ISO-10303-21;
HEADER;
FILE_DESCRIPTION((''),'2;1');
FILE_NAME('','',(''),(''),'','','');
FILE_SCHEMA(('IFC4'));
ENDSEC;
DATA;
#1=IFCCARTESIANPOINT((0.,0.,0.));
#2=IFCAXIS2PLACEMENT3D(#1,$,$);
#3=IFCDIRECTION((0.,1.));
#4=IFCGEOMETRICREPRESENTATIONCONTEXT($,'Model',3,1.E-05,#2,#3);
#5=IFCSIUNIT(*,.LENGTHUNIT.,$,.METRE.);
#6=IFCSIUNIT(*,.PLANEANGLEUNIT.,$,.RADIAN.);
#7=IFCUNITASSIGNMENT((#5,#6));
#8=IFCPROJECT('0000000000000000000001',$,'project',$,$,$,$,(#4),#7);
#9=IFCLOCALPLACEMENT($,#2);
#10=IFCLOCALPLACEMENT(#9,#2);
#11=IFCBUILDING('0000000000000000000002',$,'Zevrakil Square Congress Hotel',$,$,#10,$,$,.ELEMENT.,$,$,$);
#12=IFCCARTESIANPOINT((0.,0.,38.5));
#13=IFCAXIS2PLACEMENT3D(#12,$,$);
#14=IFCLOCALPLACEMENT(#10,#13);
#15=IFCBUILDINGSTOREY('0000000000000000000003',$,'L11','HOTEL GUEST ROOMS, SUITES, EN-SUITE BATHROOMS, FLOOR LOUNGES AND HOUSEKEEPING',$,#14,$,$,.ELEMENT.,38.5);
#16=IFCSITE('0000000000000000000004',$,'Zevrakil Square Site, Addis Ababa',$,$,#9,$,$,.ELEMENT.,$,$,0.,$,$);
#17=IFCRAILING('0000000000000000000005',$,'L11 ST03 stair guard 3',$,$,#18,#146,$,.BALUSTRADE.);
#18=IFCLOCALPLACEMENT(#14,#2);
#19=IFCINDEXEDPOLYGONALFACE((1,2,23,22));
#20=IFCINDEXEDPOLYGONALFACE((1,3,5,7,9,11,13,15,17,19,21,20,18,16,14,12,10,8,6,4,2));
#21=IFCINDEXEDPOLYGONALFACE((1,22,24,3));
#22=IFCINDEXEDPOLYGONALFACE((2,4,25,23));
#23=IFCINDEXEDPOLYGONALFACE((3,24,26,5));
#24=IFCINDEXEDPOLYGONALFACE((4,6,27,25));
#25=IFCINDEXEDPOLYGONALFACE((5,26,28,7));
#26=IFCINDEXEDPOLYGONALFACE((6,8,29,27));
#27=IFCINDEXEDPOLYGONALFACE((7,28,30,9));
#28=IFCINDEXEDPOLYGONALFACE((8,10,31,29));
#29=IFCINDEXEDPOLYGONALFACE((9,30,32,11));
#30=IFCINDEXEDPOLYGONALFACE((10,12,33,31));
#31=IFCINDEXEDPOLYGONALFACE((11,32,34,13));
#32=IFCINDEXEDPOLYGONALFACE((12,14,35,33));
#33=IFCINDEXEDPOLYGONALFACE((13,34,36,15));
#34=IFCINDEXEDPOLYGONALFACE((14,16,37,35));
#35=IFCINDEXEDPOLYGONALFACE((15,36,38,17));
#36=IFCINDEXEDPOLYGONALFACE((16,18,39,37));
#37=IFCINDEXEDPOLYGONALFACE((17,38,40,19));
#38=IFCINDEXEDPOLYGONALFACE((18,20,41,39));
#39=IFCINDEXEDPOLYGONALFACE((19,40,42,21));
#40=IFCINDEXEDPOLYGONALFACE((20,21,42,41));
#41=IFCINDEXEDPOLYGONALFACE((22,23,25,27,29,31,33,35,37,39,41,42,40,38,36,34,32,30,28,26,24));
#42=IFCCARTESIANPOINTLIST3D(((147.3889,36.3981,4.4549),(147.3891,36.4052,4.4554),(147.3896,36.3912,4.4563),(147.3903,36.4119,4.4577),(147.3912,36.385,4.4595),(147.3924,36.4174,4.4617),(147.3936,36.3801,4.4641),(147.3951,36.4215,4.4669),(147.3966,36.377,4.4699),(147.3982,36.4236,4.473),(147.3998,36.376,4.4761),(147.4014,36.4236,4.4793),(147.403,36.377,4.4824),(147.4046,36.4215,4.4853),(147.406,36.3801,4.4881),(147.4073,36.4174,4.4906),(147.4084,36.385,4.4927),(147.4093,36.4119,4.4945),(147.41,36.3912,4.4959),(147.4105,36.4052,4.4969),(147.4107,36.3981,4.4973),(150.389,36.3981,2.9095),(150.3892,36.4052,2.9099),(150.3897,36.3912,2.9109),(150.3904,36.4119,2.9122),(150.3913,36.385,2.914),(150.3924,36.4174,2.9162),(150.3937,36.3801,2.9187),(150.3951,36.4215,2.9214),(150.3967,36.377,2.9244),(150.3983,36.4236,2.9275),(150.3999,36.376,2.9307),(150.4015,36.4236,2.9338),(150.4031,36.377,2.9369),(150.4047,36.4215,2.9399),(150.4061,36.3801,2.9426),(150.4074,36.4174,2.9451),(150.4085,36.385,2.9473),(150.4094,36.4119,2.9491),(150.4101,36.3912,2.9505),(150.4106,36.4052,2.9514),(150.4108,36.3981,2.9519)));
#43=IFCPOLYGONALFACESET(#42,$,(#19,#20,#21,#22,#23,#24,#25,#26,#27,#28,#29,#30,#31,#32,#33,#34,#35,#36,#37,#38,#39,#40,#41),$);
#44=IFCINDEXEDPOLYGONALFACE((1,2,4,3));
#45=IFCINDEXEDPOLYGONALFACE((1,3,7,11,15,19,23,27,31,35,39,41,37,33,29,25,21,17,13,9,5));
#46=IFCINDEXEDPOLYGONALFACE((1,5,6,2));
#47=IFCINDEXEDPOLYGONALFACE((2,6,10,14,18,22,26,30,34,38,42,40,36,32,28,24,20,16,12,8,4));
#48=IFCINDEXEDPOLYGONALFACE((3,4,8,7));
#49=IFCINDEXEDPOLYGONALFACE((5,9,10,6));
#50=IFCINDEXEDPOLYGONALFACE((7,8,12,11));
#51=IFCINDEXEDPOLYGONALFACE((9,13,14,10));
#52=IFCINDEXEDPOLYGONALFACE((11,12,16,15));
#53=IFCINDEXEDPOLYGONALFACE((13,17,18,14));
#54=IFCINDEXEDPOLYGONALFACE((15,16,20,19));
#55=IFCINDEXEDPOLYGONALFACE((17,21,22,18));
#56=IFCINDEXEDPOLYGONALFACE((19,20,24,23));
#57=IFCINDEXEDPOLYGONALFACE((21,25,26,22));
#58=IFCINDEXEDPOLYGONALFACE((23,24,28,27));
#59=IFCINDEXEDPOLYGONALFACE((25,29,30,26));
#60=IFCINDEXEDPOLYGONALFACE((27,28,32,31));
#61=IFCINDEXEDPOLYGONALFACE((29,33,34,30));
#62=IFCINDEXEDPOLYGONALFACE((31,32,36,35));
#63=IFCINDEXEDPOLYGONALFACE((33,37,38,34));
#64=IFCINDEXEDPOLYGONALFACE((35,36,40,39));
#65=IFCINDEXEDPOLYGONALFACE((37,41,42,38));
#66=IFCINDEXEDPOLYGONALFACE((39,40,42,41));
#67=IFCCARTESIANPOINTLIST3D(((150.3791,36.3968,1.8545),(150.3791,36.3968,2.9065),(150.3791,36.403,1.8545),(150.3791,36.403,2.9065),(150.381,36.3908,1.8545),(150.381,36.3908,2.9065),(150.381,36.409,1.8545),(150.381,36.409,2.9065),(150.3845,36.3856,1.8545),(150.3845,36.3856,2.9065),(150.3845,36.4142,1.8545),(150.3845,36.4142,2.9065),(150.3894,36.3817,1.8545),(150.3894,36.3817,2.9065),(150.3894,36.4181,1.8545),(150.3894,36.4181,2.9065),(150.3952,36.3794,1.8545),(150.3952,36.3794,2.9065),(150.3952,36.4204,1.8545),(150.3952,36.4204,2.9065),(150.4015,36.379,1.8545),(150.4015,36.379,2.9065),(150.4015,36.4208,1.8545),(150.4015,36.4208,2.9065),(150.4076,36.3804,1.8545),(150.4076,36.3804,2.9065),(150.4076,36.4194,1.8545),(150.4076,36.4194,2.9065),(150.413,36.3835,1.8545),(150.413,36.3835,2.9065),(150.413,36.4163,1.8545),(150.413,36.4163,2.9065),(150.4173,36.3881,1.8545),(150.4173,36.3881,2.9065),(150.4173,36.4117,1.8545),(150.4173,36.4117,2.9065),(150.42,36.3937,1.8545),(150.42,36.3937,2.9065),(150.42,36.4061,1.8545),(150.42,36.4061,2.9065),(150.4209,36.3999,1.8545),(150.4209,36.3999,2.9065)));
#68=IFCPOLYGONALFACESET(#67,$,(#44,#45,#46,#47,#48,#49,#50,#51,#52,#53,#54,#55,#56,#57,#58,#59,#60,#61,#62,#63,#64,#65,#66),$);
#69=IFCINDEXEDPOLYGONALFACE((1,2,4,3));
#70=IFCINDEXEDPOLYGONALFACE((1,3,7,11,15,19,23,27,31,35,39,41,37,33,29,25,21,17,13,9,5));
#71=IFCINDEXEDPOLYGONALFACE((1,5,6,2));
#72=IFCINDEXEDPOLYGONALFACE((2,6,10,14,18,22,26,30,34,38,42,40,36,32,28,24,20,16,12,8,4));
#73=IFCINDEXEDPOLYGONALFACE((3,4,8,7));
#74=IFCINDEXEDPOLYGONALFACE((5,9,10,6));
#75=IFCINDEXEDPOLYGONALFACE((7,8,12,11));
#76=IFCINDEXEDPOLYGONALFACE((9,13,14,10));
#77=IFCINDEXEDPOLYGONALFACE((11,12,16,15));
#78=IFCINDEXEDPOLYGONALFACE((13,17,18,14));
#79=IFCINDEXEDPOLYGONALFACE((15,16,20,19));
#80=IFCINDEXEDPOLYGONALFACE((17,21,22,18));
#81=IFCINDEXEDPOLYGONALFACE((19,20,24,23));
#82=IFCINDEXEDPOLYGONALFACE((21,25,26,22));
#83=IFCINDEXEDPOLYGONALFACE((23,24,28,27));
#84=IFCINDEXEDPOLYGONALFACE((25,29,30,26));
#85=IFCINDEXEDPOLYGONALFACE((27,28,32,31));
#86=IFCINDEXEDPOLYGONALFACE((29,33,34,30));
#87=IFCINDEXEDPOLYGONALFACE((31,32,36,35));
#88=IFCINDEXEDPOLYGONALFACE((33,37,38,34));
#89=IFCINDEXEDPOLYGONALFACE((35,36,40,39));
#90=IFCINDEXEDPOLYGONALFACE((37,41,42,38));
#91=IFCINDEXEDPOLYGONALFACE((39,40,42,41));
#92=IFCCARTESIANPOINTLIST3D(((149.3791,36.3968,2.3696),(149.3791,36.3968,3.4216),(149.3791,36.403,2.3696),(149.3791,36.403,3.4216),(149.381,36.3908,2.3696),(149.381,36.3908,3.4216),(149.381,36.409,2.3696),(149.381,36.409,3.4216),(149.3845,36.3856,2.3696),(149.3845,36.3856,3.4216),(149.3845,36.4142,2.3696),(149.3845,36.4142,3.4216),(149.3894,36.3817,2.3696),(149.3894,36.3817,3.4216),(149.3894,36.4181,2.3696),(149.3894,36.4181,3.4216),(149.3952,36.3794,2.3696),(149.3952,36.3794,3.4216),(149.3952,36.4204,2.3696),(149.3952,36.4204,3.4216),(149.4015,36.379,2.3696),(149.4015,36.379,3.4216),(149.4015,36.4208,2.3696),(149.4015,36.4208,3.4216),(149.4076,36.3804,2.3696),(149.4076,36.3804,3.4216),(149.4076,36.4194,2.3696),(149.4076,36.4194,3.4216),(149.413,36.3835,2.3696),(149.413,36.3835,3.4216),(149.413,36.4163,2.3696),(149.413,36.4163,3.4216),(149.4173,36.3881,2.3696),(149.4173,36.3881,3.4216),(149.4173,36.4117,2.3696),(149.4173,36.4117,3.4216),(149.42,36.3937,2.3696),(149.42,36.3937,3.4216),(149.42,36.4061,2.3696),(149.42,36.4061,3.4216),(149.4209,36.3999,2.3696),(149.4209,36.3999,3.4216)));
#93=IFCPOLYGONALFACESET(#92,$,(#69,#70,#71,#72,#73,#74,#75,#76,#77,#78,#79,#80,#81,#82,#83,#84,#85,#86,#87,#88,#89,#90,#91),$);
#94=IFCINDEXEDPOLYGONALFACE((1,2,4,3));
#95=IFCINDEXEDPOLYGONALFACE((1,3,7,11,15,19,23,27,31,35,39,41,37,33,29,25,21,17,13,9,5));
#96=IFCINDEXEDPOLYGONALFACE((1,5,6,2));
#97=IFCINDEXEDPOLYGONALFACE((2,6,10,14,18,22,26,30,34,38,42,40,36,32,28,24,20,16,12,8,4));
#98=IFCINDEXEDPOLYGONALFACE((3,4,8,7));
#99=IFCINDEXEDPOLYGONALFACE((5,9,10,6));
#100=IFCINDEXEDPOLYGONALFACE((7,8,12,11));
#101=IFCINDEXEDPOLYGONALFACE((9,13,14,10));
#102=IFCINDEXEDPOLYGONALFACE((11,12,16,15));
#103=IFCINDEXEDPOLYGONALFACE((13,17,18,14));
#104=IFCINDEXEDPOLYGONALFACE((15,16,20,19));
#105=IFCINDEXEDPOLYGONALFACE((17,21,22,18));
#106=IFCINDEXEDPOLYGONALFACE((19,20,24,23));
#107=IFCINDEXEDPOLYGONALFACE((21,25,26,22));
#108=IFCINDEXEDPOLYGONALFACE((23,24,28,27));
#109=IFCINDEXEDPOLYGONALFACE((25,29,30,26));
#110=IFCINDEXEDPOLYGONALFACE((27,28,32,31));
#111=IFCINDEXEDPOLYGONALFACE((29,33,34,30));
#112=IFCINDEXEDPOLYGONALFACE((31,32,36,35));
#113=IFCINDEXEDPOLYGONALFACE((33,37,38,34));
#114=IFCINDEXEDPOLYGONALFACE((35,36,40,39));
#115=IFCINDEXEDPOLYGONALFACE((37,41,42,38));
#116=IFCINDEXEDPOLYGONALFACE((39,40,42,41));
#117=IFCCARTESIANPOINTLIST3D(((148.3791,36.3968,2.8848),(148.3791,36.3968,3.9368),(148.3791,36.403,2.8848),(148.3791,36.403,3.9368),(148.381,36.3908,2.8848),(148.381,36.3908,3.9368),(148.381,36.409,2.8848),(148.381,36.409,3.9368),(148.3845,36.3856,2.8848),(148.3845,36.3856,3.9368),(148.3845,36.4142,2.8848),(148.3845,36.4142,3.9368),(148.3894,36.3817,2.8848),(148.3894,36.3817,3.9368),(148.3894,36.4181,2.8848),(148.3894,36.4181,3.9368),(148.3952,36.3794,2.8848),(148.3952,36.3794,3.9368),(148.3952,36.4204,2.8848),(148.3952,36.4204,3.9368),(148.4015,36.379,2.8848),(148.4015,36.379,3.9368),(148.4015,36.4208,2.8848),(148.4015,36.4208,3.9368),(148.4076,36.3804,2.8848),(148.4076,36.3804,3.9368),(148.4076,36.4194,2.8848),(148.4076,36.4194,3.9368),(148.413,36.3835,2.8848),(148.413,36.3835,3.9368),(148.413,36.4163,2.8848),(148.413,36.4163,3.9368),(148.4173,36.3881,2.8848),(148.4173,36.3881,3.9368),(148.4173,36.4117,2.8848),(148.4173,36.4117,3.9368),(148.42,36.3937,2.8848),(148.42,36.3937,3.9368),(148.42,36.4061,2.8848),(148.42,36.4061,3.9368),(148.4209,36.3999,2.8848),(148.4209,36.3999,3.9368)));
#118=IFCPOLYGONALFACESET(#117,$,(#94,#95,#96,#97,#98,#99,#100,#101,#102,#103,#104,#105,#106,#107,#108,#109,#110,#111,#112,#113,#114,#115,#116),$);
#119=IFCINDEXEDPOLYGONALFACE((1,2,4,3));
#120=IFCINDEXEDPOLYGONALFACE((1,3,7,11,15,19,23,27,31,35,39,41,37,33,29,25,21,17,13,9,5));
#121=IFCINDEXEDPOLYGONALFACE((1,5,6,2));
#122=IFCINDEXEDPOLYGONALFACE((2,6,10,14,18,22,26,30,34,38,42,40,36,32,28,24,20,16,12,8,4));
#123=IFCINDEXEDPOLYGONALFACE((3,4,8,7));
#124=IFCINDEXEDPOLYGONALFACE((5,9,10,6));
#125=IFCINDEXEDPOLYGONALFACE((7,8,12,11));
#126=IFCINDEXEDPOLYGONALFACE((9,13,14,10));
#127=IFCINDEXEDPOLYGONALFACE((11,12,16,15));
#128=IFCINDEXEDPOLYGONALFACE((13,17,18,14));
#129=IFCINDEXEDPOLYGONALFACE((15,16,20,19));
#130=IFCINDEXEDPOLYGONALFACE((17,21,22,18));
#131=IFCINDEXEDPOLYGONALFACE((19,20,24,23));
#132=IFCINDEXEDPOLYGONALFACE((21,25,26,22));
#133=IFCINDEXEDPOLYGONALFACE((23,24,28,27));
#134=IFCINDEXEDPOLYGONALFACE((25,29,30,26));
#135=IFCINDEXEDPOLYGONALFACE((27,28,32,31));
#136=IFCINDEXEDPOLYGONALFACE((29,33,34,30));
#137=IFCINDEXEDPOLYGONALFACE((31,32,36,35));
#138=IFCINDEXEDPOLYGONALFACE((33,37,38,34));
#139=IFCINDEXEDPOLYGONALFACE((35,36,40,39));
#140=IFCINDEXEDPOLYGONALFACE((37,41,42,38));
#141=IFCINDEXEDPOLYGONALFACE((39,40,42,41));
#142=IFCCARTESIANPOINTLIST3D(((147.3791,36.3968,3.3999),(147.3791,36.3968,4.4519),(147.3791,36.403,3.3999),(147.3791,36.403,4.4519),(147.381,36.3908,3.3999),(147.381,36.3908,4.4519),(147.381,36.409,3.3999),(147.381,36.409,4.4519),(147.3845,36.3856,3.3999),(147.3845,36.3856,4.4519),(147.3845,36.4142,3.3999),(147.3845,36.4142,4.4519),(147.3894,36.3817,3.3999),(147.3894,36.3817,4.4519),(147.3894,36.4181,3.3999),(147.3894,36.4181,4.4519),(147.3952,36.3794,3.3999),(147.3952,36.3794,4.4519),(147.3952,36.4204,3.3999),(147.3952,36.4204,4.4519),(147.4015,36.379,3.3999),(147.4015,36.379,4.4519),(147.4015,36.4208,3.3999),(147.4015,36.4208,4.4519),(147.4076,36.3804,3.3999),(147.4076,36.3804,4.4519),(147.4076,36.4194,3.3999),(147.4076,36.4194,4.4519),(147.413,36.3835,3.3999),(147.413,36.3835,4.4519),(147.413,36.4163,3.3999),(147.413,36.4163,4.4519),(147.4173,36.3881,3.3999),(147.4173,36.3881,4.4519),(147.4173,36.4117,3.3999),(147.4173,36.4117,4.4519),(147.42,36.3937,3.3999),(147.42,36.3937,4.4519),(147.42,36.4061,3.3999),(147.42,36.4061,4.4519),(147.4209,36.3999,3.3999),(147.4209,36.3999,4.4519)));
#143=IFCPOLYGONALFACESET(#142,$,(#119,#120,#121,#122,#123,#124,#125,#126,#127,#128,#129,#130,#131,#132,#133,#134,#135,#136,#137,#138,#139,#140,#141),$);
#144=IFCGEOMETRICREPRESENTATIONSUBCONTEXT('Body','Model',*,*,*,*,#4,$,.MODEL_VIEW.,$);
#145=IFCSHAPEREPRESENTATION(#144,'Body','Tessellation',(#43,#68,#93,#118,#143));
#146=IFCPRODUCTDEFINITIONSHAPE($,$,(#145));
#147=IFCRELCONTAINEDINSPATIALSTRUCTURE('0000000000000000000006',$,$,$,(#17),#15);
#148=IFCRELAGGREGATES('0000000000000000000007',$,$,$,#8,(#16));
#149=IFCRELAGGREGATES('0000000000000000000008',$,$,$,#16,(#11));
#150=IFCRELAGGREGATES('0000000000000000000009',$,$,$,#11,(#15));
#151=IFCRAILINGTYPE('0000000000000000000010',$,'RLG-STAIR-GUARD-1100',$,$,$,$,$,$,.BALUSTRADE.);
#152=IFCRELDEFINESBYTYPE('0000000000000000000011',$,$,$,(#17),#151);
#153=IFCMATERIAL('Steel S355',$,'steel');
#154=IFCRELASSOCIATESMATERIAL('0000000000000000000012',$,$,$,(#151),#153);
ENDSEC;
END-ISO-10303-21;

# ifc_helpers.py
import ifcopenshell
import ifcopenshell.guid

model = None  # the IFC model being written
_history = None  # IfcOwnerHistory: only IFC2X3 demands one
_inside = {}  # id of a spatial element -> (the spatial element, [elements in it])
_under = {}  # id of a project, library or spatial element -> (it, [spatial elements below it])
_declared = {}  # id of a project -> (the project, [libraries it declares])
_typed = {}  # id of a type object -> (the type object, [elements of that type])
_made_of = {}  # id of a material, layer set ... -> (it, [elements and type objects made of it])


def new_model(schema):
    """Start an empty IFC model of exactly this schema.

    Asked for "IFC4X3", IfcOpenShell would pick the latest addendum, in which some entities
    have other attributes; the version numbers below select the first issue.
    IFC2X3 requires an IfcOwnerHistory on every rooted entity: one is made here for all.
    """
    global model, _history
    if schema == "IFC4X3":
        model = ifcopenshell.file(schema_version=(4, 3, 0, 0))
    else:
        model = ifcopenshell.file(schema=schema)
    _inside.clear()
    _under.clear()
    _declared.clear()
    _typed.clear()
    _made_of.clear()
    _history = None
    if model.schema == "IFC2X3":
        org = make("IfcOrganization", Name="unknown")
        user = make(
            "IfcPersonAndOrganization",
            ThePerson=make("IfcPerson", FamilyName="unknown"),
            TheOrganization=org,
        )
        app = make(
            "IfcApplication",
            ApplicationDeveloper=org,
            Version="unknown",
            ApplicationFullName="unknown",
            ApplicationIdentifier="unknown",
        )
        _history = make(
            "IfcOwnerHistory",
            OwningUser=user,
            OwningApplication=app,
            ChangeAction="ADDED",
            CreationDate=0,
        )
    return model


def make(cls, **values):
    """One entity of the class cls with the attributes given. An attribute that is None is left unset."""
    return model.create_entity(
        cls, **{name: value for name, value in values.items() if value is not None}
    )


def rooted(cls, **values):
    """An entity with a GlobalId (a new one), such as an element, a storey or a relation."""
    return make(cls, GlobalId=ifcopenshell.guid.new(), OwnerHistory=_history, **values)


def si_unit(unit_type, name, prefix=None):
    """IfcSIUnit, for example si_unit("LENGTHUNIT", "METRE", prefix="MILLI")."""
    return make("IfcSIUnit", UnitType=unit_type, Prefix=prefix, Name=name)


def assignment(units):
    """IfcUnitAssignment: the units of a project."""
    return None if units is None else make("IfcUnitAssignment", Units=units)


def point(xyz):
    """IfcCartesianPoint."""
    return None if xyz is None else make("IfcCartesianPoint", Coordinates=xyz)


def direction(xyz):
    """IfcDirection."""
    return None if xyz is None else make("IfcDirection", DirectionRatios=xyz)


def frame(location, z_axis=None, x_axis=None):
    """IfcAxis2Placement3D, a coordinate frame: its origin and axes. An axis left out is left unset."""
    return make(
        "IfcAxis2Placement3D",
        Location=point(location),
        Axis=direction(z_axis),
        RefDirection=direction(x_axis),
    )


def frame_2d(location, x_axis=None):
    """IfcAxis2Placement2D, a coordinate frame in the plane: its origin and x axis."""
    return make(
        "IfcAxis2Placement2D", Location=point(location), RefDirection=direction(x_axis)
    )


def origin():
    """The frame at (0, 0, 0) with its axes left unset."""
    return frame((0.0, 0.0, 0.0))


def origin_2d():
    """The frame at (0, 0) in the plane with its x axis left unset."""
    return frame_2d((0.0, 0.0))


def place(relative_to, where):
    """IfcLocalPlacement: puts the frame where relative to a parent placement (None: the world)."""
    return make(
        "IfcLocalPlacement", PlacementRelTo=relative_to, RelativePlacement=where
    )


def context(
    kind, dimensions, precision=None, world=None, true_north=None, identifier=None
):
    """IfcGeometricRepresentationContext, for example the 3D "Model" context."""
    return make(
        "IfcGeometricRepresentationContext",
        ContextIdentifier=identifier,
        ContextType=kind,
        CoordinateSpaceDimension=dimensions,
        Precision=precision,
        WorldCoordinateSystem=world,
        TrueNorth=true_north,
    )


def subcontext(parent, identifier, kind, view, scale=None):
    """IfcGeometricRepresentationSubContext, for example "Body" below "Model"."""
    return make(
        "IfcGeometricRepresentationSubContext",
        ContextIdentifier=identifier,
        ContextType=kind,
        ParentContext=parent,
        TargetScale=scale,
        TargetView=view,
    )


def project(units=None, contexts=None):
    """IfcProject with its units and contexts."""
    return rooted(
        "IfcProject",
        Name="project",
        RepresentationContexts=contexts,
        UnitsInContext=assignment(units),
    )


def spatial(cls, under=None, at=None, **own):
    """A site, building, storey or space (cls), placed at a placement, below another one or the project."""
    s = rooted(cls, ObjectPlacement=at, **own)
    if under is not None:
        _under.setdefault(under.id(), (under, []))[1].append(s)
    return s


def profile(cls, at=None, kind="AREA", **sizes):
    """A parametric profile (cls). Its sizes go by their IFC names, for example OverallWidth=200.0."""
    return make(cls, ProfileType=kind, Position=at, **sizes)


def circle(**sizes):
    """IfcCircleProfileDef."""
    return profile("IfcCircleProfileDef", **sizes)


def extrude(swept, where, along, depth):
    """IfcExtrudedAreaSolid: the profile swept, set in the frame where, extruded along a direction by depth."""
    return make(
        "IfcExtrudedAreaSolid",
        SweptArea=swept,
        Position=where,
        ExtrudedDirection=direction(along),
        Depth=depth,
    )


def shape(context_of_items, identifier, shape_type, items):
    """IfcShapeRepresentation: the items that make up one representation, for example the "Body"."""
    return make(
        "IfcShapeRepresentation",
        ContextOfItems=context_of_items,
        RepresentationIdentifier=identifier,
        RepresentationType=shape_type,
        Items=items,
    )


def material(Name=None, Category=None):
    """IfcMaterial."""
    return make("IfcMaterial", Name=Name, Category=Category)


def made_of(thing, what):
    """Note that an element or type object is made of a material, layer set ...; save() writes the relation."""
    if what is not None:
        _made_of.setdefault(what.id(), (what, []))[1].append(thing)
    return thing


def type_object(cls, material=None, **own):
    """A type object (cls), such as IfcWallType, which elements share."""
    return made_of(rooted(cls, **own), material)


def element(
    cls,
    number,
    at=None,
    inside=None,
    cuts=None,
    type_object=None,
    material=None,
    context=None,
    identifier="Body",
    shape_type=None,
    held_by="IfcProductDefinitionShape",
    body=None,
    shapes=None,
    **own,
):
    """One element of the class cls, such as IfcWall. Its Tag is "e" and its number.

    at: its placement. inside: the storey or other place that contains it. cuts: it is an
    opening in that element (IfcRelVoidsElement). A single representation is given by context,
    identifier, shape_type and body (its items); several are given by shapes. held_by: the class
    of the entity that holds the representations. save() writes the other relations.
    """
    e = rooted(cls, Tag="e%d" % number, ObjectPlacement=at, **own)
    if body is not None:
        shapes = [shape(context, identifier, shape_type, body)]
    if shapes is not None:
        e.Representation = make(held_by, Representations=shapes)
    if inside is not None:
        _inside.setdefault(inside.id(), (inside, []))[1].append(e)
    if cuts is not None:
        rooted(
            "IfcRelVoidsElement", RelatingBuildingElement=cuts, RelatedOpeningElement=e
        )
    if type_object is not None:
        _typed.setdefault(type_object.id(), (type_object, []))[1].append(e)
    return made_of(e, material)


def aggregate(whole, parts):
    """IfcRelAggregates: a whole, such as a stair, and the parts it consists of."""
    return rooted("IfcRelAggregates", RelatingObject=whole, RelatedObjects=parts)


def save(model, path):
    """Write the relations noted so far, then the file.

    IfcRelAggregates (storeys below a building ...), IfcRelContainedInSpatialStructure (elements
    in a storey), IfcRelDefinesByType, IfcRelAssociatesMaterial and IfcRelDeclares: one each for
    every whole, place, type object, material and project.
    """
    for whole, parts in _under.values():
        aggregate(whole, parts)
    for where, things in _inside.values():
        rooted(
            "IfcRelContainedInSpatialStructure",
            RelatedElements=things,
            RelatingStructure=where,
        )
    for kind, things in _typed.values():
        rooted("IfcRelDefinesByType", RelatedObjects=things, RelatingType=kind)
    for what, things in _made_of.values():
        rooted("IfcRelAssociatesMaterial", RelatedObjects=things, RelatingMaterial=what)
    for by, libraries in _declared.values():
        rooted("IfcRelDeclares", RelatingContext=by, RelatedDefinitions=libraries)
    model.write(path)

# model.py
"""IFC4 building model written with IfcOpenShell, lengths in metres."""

from ifc_helpers import new_model, si_unit, direction, frame, origin, origin_2d, place, context, subcontext, project, spatial, circle, extrude, material, type_object, element, save


model = new_model("IFC4")

# Units and contexts
model_context = context("Model", 3, precision=1e-05, world=origin(), true_north=direction((0.0, 1.0)))
body_context = subcontext(model_context, "Body", "Model", "MODEL_VIEW")
ifc_project = project(units=[si_unit("LENGTHUNIT", "METRE"), si_unit("PLANEANGLEUNIT", "RADIAN")], contexts=[model_context])

# Site, building, storey
site_placement = place(None, origin())
site = spatial("IfcSite", under=ifc_project, at=site_placement, Name="Zevrakil Square Site, Addis Ababa", CompositionType="ELEMENT", RefElevation=0.0)
building_placement = place(site_placement, origin())
building = spatial("IfcBuilding", under=site, at=building_placement, Name="Zevrakil Square Congress Hotel", CompositionType="ELEMENT")
storey_placement = place(building_placement, frame((0.0, 0.0, 38.5)))
storey = spatial("IfcBuildingStorey", under=building, at=storey_placement, Name="L11", Description="HOTEL GUEST ROOMS, SUITES, EN-SUITE BATHROOMS, FLOOR LOUNGES AND HOUSEKEEPING", CompositionType="ELEMENT", Elevation=38.5)

# Railing
ifc_material_1 = material(Name="Steel S355", Category="steel")
railing_type_1 = type_object("IfcRailingType", Name="RLG-STAIR-GUARD-1100", PredefinedType="BALUSTRADE", material=ifc_material_1)
railing_1_placement = place(storey_placement, frame((150.3999, 36.3999, 1.8545)))
element("IfcRailing", 1, at=railing_1_placement, inside=storey, type_object=railing_type_1, Name="L11 ST03 stair guard 3", PredefinedType="BALUSTRADE", context=body_context, shape_type="SweptSolid", body=[
    extrude(circle(Radius=0.0239, at=origin_2d()), frame((0.0, 0.0, 1.0762), z_axis=(-0.88898, 0.0, 0.457946), x_axis=(0.0, -1.0, 0.0)), (0.0, 0.0, 1.0), 3.3748),
    extrude(circle(Radius=0.021, at=origin_2d()), origin(), (0.0, 0.0, 1.0), 1.052),
    extrude(circle(Radius=0.021, at=origin_2d()), frame((-1.0, 0.0, 0.5151)), (0.0, 0.0, 1.0), 1.052),
    extrude(circle(Radius=0.021, at=origin_2d()), frame((-2.0, 0.0, 1.0303)), (0.0, 0.0, 1.0), 1.052),
    extrude(circle(Radius=0.021, at=origin_2d()), frame((-3.0, 0.0, 1.5454)), (0.0, 0.0, 1.0), 1.052),
])

save(model, "model.ifc")
